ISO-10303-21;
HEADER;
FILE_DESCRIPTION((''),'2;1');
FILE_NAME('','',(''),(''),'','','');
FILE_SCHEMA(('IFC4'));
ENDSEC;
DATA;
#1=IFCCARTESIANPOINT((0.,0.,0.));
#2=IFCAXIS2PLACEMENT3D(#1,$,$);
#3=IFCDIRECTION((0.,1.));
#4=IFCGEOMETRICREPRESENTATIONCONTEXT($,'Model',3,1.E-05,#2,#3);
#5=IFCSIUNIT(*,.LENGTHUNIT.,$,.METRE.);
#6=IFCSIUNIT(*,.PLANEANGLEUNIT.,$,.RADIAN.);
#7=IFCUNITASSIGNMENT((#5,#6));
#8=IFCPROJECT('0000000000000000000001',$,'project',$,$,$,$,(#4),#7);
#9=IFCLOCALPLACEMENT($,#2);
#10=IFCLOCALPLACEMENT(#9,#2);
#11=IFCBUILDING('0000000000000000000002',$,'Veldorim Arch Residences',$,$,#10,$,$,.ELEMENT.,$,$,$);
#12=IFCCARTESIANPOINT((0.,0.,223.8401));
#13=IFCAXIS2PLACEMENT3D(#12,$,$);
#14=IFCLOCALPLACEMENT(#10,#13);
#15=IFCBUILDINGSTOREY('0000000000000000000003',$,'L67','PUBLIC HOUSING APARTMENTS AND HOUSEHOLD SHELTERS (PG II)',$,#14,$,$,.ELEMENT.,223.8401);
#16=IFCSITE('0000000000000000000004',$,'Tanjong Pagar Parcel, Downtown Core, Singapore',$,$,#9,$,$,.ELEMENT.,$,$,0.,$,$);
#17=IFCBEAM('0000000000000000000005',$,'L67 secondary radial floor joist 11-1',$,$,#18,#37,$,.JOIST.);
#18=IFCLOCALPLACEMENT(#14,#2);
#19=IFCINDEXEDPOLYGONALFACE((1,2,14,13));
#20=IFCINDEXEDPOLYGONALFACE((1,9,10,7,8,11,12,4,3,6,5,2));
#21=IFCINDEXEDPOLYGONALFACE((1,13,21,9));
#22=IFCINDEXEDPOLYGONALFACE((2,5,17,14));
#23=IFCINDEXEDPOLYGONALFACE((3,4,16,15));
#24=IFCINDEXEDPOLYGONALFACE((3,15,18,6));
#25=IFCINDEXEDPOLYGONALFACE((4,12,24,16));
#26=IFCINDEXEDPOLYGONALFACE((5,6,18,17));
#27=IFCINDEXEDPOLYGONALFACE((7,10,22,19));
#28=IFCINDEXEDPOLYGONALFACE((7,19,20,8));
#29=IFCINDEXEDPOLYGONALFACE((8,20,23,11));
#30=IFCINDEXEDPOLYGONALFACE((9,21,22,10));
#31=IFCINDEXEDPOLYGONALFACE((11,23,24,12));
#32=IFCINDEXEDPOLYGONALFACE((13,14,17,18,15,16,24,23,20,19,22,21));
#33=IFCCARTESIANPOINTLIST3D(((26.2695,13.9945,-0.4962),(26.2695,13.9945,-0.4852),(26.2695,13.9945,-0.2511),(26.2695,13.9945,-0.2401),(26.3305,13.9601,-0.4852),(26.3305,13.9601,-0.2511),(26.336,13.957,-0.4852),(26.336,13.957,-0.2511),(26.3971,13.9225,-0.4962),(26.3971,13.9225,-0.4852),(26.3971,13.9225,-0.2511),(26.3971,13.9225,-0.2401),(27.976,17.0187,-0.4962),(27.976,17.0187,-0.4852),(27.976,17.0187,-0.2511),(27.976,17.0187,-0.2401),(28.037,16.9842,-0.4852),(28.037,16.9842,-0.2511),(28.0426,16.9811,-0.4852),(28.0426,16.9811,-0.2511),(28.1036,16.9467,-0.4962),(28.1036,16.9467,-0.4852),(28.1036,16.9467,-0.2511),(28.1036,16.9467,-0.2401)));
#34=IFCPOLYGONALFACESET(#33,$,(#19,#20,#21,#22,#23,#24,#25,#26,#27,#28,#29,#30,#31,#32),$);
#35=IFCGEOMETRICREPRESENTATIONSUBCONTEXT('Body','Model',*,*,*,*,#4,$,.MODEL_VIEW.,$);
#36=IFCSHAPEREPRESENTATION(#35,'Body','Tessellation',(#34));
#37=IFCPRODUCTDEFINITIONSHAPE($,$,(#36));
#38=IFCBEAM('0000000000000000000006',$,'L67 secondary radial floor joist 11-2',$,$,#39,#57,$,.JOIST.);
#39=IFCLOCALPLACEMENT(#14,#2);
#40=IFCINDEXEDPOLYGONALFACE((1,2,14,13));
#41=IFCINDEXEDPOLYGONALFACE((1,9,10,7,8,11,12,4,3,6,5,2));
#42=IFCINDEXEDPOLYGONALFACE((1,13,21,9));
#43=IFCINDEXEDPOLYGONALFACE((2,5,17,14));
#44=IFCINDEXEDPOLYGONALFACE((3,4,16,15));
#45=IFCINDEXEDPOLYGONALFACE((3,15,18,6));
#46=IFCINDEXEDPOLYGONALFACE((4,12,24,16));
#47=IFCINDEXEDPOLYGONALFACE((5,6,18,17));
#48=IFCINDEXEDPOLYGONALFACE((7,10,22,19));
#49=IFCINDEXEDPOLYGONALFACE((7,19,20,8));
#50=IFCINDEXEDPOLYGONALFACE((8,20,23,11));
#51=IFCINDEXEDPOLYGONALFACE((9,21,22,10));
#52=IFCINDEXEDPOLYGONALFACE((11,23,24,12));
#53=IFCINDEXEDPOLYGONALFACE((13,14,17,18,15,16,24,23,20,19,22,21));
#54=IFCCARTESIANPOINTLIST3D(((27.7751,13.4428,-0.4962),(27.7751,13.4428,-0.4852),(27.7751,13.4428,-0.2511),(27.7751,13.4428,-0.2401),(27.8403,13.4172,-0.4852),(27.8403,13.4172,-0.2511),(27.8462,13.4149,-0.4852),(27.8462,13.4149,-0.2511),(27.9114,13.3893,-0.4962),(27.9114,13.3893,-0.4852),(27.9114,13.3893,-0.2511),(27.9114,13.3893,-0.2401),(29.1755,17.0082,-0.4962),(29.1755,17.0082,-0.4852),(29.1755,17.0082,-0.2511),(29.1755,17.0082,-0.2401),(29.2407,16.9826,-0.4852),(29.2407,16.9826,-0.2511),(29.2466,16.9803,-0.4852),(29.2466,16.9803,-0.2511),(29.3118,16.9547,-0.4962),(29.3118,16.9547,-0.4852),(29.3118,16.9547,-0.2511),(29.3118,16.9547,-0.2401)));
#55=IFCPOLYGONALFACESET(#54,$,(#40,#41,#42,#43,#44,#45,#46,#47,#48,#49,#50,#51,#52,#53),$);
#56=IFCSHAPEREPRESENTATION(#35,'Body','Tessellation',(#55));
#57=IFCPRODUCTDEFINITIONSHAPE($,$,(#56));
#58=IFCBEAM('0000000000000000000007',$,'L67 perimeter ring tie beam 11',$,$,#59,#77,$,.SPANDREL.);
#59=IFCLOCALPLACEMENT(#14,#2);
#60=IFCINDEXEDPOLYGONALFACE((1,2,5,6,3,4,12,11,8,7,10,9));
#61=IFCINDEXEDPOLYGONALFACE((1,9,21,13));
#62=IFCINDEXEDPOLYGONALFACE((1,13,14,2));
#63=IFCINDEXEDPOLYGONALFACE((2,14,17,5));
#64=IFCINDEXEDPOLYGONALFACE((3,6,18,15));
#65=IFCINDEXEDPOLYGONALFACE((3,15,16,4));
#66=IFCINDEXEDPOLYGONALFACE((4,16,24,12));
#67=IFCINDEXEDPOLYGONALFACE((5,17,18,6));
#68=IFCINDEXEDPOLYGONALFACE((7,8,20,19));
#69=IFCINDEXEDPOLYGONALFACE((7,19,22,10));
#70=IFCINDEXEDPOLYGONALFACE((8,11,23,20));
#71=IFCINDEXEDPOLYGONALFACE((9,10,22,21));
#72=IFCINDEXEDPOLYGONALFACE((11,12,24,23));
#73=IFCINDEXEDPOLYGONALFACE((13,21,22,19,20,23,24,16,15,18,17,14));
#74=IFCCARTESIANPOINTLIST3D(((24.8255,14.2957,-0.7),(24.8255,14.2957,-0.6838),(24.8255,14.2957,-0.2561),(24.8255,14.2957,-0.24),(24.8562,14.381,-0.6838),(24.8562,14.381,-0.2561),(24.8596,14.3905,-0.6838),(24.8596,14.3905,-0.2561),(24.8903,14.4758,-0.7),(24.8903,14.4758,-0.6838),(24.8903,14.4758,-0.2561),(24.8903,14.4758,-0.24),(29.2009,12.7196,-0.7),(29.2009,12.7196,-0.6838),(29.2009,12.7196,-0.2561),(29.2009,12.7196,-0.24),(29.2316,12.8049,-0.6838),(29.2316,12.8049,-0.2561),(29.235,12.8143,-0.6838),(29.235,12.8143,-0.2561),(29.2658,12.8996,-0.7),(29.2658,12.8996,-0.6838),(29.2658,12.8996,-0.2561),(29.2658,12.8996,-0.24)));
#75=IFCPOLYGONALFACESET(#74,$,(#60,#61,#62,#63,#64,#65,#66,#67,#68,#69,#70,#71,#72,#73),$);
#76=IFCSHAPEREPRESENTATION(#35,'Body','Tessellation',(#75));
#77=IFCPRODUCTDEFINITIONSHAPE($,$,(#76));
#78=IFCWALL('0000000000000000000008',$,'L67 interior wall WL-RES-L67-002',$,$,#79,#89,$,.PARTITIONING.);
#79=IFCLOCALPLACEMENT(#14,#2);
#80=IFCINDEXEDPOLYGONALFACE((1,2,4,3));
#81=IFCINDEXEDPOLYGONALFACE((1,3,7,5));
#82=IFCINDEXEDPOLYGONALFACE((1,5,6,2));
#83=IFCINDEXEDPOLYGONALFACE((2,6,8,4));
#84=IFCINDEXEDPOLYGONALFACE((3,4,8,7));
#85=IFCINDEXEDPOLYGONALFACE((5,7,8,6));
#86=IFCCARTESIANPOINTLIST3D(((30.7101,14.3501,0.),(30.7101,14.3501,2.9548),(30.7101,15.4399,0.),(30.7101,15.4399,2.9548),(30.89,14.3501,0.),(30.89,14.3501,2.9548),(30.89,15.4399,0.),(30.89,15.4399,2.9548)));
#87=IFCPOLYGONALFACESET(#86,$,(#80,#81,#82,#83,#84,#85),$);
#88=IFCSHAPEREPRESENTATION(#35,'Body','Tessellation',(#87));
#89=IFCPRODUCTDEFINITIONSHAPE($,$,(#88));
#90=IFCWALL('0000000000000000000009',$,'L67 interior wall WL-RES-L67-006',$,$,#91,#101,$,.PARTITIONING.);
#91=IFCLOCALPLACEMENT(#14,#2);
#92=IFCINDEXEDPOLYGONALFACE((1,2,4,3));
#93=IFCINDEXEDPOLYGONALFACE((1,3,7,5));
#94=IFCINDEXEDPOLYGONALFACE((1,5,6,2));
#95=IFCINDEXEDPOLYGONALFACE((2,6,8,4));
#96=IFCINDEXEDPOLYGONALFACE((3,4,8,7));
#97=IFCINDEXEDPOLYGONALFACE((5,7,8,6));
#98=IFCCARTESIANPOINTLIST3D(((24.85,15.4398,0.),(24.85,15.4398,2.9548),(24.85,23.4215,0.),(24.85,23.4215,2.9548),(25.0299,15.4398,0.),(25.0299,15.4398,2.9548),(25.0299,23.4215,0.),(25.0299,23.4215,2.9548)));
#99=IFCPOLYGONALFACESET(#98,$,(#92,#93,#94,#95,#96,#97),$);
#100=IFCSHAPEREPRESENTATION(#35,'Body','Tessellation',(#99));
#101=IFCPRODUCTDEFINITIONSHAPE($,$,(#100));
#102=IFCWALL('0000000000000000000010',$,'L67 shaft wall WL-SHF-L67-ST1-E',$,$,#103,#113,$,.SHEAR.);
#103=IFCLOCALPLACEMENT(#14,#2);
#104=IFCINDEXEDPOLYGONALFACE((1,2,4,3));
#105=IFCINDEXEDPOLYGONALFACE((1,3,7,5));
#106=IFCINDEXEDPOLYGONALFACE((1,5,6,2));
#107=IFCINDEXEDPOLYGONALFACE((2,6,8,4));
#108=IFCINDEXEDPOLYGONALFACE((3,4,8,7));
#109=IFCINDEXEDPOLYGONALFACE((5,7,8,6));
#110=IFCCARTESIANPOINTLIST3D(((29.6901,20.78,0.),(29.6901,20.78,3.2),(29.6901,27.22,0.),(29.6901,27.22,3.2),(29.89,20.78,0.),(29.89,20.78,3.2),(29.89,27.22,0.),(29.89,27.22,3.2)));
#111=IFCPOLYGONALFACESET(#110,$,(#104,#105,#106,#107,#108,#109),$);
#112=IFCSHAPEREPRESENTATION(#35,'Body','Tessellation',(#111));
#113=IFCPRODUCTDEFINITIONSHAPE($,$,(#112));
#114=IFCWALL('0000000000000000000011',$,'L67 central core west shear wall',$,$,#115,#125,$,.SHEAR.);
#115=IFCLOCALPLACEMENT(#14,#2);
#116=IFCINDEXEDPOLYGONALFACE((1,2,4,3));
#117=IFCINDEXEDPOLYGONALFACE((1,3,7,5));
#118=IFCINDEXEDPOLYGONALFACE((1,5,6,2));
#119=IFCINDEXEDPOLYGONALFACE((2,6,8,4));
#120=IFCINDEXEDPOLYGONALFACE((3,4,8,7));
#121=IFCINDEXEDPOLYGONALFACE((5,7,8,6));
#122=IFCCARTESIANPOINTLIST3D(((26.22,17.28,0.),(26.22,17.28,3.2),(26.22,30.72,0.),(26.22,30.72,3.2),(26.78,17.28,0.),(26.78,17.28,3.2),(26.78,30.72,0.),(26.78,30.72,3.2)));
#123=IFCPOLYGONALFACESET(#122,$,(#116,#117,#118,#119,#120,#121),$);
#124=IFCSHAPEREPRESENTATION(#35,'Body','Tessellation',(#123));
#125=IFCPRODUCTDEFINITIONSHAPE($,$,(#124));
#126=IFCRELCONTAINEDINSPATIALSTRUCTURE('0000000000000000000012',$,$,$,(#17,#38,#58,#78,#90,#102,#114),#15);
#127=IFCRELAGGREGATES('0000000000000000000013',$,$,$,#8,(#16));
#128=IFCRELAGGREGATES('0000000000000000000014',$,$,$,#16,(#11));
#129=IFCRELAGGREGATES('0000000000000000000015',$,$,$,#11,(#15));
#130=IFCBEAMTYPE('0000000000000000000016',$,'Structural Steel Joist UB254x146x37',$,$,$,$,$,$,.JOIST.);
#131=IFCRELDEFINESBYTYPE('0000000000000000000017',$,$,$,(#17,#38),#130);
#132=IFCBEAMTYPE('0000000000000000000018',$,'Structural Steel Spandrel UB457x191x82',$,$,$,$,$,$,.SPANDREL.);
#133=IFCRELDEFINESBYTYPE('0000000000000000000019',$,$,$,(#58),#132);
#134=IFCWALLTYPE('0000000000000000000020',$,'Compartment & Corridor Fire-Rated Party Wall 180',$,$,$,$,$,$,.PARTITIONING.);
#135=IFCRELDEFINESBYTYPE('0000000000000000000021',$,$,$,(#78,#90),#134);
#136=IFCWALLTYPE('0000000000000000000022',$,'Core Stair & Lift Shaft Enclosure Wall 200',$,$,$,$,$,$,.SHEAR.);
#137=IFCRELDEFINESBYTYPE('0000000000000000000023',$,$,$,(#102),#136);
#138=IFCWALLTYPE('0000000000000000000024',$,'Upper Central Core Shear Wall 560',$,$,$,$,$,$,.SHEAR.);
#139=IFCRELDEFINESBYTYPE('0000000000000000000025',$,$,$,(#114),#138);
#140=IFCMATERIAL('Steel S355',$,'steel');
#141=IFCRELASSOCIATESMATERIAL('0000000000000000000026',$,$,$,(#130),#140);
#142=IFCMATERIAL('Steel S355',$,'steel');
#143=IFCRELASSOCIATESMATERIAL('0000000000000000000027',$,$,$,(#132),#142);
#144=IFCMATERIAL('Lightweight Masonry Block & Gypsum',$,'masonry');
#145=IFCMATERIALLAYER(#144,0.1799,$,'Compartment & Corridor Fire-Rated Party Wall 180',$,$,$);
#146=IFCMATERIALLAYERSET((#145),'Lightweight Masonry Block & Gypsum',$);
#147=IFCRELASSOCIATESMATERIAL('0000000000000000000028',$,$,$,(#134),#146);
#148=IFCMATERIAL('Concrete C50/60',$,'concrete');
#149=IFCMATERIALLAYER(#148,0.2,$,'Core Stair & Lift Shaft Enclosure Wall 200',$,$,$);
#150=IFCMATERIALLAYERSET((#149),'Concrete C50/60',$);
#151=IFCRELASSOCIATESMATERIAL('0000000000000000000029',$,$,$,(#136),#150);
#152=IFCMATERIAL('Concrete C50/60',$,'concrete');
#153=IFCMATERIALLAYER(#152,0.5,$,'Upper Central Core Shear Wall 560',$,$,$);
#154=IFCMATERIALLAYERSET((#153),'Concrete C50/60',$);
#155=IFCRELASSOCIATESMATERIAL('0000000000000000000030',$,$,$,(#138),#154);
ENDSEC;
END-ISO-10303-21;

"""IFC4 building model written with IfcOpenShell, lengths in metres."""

from ifc_helpers import new_model, si_unit, direction, frame, frame_2d, origin, origin_2d, place, context, subcontext, project, spatial, rectangle, i_section, extrude, material, layer, layer_set, material_profile, profile_set, type_object, element, save


model = new_model("IFC4")

# Units and contexts
model_context = context("Model", 3, precision=1e-05, world=origin(), true_north=direction((0.0, 1.0)))
body_context = subcontext(model_context, "Body", "Model", "MODEL_VIEW")
ifc_project = project(units=[si_unit("LENGTHUNIT", "METRE"), si_unit("PLANEANGLEUNIT", "RADIAN")], contexts=[model_context])

# Site, building, storey
site_placement = place(None, origin())
site = spatial("IfcSite", under=ifc_project, at=site_placement, Name="Tanjong Pagar Parcel, Downtown Core, Singapore", CompositionType="ELEMENT", RefElevation=0.0)
building_placement = place(site_placement, origin())
building = spatial("IfcBuilding", under=site, at=building_placement, Name="Veldorim Arch Residences", CompositionType="ELEMENT")
storey_placement = place(building_placement, frame((0.0, 0.0, 223.8401)))
storey = spatial("IfcBuildingStorey", under=building, at=storey_placement, Name="L67", Description="PUBLIC HOUSING APARTMENTS AND HOUSEHOLD SHELTERS (PG II)", CompositionType="ELEMENT", Elevation=223.8401)

# Beams
ifc_material_1 = material(Name="Steel S355", Category="steel")
ifc_material_profile_1 = material_profile(ifc_material_1, i_section(OverallWidth=0.1465, OverallDepth=0.2561, WebThickness=0.0063, FlangeThickness=0.011, at=origin_2d()), Name="UB254x146x37")
ifc_profile_set_1 = profile_set([ifc_material_profile_1], Name="Steel S355")
beam_type_1 = type_object("IfcBeamType", Name="Structural Steel Joist UB254x146x37", PredefinedType="JOIST", material=ifc_profile_set_1)
beam_1_placement = place(storey_placement, frame((28.0398, 16.9827, -0.3682), z_axis=(-0.491452, -0.870904, 0.0), x_axis=(0.870904, -0.491452, 0.0)))
element("IfcBeam", 1, at=beam_1_placement, inside=storey, type_object=beam_type_1, Name="L67 secondary radial floor joist 11-1", PredefinedType="JOIST", context=body_context, shape_type="SweptSolid", body=[
    extrude(i_section(OverallWidth=0.1465, OverallDepth=0.2561, WebThickness=0.0063, FlangeThickness=0.011, at=origin_2d()), origin(), (0.0, 0.0, 1.0), 3.4724),
])
beam_2_placement = place(storey_placement, frame((29.2437, 16.9814, -0.3682), z_axis=(-0.365581, -0.930779, 0.0), x_axis=(0.930779, -0.365581, 0.0)))
element("IfcBeam", 2, at=beam_2_placement, inside=storey, type_object=beam_type_1, Name="L67 secondary radial floor joist 11-2", PredefinedType="JOIST", context=body_context, shape_type="SweptSolid", body=[
    extrude(i_section(OverallWidth=0.1465, OverallDepth=0.2561, WebThickness=0.0063, FlangeThickness=0.011, at=origin_2d()), origin(), (0.0, 0.0, 1.0), 3.8306),
])
ifc_material_2 = material(Name="Steel S355", Category="steel")
ifc_material_profile_2 = material_profile(ifc_material_2, i_section(OverallWidth=0.1914, OverallDepth=0.46, WebThickness=0.01, FlangeThickness=0.0161, at=origin_2d()), Name="UB457x191x82")
ifc_profile_set_2 = profile_set([ifc_material_profile_2], Name="Steel S355")
beam_type_2 = type_object("IfcBeamType", Name="Structural Steel Spandrel UB457x191x82", PredefinedType="SPANDREL", material=ifc_profile_set_2)
beam_3_placement = place(storey_placement, frame((24.8579, 14.3857, -0.47), z_axis=(0.940819, -0.338909, 0.0), x_axis=(0.338909, 0.940819, 0.0)))
element("IfcBeam", 3, at=beam_3_placement, inside=storey, type_object=beam_type_2, Name="L67 perimeter ring tie beam 11", PredefinedType="SPANDREL", context=body_context, shape_type="SweptSolid", body=[
    extrude(i_section(OverallWidth=0.1914, OverallDepth=0.46, WebThickness=0.01, FlangeThickness=0.0161, at=origin_2d()), origin(), (0.0, 0.0, 1.0), 4.6506),
])

# Wall
ifc_material_3 = material(Name="Lightweight Masonry Block & Gypsum", Category="masonry")
ifc_layer_1 = layer(ifc_material_3, 0.1799, Name="Compartment & Corridor Fire-Rated Party Wall 180")
ifc_layer_set_1 = layer_set([ifc_layer_1], Name="Lightweight Masonry Block & Gypsum")
wall_type_1 = type_object("IfcWallType", Name="Compartment & Corridor Fire-Rated Party Wall 180", PredefinedType="PARTITIONING", material=ifc_layer_set_1)
wall_1_placement = place(storey_placement, frame((30.8, 14.3501, 0.0), z_axis=(0.0, 0.0, 1.0), x_axis=(0.0, 1.0, 0.0)))
element("IfcWall", 4, at=wall_1_placement, inside=storey, type_object=wall_type_1, Name="L67 interior wall WL-RES-L67-002", PredefinedType="PARTITIONING", context=body_context, shape_type="SweptSolid", body=[
    extrude(rectangle(XDim=1.0898, YDim=0.1799, at=frame_2d((0.5449, 0.0))), origin(), (0.0, 0.0, 1.0), 2.9548),
])

# Walls
wall_2_placement = place(storey_placement, frame((24.9399, 15.4399, 0.0), z_axis=(0.0, 0.0, 1.0), x_axis=(0.0, 1.0, 0.0)))
element("IfcWall", 5, at=wall_2_placement, inside=storey, type_object=wall_type_1, Name="L67 interior wall WL-RES-L67-006", PredefinedType="PARTITIONING", context=body_context, shape_type="SweptSolid", body=[
    extrude(rectangle(XDim=7.9817, YDim=0.1799, at=frame_2d((3.9907, 0.0))), origin(), (0.0, 0.0, 1.0), 2.9548),
])
ifc_material_4 = material(Name="Concrete C50/60", Category="concrete")
ifc_layer_2 = layer(ifc_material_4, 0.2, Name="Core Stair & Lift Shaft Enclosure Wall 200")
ifc_layer_set_2 = layer_set([ifc_layer_2], Name="Concrete C50/60")
wall_type_2 = type_object("IfcWallType", Name="Core Stair & Lift Shaft Enclosure Wall 200", PredefinedType="SHEAR", material=ifc_layer_set_2)
wall_3_placement = place(storey_placement, frame((29.79, 20.78, 0.0), z_axis=(0.0, 0.0, 1.0), x_axis=(0.0, 1.0, 0.0)))
element("IfcWall", 6, at=wall_3_placement, inside=storey, type_object=wall_type_2, Name="L67 shaft wall WL-SHF-L67-ST1-E", PredefinedType="SHEAR", context=body_context, shape_type="SweptSolid", body=[
    extrude(rectangle(XDim=6.4399, YDim=0.2, at=frame_2d((3.22, 0.0))), origin(), (0.0, 0.0, 1.0), 3.2),
])

# Shared definitions
ifc_material_5 = material(Name="Concrete C50/60", Category="concrete")
ifc_layer_3 = layer(ifc_material_5, 0.5, Name="Upper Central Core Shear Wall 560")
ifc_layer_set_3 = layer_set([ifc_layer_3], Name="Concrete C50/60")
wall_type_3 = type_object("IfcWallType", Name="Upper Central Core Shear Wall 560", PredefinedType="SHEAR", material=ifc_layer_set_3)

# Wall
wall_4_placement = place(storey_placement, frame((26.5, 17.28, 0.0), z_axis=(0.0, 0.0, 1.0), x_axis=(0.0, 1.0, 0.0)))
element("IfcWall", 7, at=wall_4_placement, inside=storey, type_object=wall_type_3, Name="L67 central core west shear wall", PredefinedType="SHEAR", context=body_context, shape_type="SweptSolid", body=[
    extrude(rectangle(XDim=13.4399, YDim=0.5601, at=frame_2d((6.72, 0.0))), origin(), (0.0, 0.0, 1.0), 3.2),
])

save(model, "model.ifc")
